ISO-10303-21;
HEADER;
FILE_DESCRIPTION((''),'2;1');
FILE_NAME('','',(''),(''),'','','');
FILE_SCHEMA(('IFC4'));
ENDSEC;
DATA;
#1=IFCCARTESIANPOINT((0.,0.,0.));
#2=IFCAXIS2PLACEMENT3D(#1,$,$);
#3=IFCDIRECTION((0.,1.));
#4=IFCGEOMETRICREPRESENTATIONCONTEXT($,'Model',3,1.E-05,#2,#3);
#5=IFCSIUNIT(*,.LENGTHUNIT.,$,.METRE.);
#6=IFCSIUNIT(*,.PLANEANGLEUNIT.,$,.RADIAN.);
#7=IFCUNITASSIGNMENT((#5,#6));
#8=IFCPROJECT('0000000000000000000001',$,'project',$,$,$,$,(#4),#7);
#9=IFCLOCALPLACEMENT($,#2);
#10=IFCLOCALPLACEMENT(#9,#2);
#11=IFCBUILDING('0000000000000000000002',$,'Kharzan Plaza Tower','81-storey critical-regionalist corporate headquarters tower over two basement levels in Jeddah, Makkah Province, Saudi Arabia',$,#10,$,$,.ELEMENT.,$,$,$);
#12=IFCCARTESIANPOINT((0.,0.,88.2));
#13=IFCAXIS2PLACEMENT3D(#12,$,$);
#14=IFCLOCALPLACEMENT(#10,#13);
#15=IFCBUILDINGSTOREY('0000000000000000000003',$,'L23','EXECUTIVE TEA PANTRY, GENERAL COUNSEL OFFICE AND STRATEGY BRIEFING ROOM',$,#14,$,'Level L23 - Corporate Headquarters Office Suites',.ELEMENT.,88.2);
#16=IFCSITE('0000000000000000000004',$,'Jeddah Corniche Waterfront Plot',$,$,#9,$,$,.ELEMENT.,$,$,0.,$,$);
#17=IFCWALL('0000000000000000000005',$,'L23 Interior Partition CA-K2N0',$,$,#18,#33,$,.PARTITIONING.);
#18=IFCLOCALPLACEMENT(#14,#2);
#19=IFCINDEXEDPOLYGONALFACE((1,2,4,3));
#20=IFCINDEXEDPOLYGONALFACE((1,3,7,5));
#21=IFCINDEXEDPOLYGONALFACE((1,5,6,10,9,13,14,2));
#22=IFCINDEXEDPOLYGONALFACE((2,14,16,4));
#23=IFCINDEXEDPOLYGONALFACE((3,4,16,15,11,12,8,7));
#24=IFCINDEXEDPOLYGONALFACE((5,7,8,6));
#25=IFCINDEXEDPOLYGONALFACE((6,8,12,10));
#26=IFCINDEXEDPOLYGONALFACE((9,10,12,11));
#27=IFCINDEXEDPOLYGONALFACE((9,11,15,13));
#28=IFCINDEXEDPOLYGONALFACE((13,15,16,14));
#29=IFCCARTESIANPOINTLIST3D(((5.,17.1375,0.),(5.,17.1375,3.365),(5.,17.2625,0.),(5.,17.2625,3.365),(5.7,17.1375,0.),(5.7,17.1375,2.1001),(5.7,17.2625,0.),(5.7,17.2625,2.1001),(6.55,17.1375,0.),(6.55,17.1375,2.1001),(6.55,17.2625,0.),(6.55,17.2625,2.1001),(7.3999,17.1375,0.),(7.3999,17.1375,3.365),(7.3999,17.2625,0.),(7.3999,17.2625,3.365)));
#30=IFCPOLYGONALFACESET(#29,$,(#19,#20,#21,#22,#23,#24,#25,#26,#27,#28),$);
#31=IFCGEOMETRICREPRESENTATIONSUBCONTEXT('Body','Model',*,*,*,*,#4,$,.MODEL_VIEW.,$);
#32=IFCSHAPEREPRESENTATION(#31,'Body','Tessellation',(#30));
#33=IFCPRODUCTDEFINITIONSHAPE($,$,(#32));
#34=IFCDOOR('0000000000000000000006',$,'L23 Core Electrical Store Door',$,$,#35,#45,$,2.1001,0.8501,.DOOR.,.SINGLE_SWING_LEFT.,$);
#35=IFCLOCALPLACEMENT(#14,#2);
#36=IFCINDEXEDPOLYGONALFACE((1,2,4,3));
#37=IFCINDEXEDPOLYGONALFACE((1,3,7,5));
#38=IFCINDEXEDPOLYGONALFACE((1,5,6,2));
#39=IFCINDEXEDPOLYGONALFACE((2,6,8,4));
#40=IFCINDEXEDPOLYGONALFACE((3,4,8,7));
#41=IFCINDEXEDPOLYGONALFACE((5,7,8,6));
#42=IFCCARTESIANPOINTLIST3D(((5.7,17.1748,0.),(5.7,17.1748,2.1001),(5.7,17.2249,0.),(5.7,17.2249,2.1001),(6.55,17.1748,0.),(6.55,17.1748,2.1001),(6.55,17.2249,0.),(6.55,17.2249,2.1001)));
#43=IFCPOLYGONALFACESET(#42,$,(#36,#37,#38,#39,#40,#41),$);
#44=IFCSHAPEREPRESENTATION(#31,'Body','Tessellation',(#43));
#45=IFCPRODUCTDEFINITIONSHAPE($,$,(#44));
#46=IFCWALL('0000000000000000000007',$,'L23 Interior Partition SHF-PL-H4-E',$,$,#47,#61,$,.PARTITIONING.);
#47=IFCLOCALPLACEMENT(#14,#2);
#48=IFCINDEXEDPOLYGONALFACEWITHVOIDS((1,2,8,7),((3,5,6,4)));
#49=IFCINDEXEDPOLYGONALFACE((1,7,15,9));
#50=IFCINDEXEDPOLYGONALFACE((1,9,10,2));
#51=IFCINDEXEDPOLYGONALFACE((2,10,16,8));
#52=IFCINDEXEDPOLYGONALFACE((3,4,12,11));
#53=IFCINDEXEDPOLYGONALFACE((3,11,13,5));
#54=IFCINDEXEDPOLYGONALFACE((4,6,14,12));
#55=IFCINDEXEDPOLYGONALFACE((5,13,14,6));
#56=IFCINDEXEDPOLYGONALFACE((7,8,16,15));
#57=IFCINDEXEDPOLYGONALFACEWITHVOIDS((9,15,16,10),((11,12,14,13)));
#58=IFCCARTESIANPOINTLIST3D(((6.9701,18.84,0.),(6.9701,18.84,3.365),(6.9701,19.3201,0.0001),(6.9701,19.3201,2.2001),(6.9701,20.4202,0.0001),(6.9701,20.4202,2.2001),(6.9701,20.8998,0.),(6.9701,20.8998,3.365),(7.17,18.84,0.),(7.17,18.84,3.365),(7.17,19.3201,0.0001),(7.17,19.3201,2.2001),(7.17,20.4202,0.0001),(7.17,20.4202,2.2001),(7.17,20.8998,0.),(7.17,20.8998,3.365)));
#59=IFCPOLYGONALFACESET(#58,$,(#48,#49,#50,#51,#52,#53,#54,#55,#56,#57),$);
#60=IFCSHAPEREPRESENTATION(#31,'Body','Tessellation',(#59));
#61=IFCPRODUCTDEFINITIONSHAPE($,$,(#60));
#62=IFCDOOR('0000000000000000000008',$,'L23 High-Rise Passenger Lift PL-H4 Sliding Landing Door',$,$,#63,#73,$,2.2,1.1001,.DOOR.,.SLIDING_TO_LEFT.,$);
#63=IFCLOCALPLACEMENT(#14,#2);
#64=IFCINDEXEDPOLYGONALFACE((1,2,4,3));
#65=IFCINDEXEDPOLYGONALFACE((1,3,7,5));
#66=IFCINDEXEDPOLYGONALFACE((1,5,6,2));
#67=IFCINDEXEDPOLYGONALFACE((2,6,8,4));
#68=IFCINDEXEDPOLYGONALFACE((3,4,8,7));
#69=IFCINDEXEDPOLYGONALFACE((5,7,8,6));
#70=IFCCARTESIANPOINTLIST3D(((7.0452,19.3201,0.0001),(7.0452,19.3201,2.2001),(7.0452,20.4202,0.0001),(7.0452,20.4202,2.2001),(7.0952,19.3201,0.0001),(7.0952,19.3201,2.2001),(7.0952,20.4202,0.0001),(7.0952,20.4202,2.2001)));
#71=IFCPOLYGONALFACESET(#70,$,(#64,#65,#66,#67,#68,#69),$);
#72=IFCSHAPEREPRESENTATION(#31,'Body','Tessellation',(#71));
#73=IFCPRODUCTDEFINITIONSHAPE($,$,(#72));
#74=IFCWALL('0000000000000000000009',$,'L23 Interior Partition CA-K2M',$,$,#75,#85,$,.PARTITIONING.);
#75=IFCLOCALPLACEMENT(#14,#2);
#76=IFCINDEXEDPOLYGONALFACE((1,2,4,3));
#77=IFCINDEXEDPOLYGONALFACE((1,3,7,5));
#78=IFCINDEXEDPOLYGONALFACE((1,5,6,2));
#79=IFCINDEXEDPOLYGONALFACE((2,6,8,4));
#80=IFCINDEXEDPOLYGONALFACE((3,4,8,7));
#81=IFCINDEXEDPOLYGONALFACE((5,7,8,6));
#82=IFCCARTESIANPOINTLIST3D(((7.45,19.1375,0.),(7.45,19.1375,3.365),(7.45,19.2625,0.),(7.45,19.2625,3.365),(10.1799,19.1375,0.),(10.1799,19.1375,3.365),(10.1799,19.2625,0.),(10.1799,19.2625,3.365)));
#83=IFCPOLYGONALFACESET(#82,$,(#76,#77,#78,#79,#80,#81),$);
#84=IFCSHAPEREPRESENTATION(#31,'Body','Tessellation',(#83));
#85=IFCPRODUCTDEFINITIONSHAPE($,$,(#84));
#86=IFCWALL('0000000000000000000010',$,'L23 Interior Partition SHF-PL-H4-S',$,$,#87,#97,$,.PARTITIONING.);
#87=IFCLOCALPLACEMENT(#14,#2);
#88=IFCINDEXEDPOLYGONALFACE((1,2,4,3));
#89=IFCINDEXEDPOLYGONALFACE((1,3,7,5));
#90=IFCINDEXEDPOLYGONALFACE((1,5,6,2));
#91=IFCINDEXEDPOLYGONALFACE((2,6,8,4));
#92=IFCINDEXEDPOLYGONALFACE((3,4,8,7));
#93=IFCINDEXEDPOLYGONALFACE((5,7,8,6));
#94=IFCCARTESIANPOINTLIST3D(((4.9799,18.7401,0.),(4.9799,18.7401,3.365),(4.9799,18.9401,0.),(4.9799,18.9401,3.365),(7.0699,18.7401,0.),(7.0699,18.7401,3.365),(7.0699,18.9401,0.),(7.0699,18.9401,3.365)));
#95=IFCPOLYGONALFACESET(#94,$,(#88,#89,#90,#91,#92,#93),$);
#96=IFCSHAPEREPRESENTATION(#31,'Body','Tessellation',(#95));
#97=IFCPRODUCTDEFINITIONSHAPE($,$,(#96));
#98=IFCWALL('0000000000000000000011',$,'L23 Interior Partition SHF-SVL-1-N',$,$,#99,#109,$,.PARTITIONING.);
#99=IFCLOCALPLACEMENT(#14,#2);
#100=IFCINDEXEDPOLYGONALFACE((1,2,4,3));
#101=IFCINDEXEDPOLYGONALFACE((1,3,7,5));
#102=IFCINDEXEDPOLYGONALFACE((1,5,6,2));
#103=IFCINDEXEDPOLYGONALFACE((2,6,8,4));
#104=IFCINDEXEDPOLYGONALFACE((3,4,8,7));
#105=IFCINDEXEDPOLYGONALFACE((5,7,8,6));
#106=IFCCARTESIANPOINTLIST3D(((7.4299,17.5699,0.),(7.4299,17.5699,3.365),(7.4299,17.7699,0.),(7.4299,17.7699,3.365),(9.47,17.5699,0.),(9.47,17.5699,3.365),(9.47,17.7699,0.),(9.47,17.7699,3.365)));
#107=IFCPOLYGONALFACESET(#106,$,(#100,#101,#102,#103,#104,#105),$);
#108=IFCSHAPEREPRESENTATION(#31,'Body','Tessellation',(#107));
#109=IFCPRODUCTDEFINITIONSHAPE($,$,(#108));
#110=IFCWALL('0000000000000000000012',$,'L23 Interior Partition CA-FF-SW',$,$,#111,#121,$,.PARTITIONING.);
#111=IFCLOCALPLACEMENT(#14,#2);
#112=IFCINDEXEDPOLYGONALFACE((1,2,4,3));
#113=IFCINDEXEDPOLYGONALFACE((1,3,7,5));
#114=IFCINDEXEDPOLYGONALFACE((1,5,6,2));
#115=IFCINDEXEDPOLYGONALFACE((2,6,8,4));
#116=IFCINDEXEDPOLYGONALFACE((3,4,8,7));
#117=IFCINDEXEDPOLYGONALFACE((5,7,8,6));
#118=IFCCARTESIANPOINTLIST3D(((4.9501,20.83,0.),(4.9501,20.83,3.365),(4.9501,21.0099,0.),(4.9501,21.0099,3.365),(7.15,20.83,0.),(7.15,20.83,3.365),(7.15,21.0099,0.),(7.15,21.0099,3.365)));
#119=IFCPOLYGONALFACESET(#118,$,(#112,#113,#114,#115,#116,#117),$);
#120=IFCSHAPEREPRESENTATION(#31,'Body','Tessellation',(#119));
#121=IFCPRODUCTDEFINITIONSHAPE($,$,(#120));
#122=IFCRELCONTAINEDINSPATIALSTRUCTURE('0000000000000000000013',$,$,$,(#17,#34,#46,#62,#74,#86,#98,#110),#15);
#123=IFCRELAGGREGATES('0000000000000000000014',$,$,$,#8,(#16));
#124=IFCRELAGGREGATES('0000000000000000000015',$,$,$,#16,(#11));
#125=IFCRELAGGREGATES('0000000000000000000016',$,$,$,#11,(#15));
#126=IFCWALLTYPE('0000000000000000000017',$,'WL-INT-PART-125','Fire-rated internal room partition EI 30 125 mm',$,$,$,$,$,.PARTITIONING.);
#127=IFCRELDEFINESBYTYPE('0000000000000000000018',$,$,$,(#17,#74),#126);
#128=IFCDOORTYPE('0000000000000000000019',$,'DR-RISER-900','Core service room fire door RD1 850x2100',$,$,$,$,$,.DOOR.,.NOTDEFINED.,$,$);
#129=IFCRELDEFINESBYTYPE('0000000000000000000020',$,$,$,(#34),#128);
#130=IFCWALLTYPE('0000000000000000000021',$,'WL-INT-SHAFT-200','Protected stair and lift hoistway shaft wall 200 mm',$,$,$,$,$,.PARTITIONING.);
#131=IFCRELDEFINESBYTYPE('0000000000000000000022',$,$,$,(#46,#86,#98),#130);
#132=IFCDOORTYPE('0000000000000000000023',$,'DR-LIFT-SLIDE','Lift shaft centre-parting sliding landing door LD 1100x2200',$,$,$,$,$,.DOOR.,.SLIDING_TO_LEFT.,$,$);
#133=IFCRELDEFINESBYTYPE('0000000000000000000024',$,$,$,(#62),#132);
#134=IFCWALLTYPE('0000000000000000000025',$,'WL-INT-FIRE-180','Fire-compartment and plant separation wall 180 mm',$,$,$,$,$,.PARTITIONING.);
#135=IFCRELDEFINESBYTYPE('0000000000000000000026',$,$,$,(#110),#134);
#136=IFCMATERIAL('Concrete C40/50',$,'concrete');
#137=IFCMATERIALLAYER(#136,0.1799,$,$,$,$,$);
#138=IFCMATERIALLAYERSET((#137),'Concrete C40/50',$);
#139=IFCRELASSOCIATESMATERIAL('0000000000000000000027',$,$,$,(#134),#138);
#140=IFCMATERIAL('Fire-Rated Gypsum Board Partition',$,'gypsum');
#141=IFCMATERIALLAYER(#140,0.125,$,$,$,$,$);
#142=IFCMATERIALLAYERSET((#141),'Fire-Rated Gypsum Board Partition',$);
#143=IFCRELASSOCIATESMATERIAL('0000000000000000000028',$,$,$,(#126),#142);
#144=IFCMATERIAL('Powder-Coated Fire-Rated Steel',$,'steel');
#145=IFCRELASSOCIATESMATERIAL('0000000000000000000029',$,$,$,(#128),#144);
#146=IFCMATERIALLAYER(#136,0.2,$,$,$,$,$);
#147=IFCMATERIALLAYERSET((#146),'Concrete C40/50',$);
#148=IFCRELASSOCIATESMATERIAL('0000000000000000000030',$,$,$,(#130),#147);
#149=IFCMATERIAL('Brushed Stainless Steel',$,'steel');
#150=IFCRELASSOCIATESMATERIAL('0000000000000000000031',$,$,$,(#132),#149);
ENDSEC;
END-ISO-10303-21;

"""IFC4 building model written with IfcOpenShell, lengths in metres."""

from ifc_helpers import new_model, si_unit, direction, frame, frame_2d, origin, place, context, subcontext, project, spatial, rectangle, extrude, source, transform, mapped, material, layer, layer_set, type_object, element, fill, save


model = new_model("IFC4")

# Units and contexts
model_context = context("Model", 3, precision=1e-05, world=origin(), true_north=direction((0.0, 1.0)))
body_context = subcontext(model_context, "Body", "Model", "MODEL_VIEW")
ifc_project = project(units=[si_unit("LENGTHUNIT", "METRE"), si_unit("PLANEANGLEUNIT", "RADIAN")], contexts=[model_context])

# Site, building, storey
site_placement = place(None, origin())
site = spatial("IfcSite", under=ifc_project, at=site_placement, Name="Jeddah Corniche Waterfront Plot", CompositionType="ELEMENT", RefElevation=0.0)
building_placement = place(site_placement, origin())
building = spatial("IfcBuilding", under=site, at=building_placement, Name="Kharzan Plaza Tower", Description="81-storey critical-regionalist corporate headquarters tower over two basement levels in Jeddah, Makkah Province, Saudi Arabia", CompositionType="ELEMENT")
storey_placement = place(building_placement, frame((0.0, 0.0, 88.2)))
storey = spatial("IfcBuildingStorey", under=building, at=storey_placement, Name="L23", Description="EXECUTIVE TEA PANTRY, GENERAL COUNSEL OFFICE AND STRATEGY BRIEFING ROOM", LongName="Level L23 - Corporate Headquarters Office Suites", CompositionType="ELEMENT", Elevation=88.2)

# Shared definitions
ifc_material_1 = material(Name="Concrete C40/50", Category="concrete")

# Walls, openings, doors
ifc_layer_1 = layer(ifc_material_1, 0.1799)
ifc_layer_set_1 = layer_set([ifc_layer_1], Name="Concrete C40/50")
wall_type_1 = type_object("IfcWallType", Name="WL-INT-FIRE-180", Description="Fire-compartment and plant separation wall 180 mm", PredefinedType="PARTITIONING", material=ifc_layer_set_1)
ifc_material_2 = material(Name="Fire-Rated Gypsum Board Partition", Category="gypsum")
ifc_layer_2 = layer(ifc_material_2, 0.125)
ifc_layer_set_2 = layer_set([ifc_layer_2], Name="Fire-Rated Gypsum Board Partition")
wall_type_2 = type_object("IfcWallType", Name="WL-INT-PART-125", Description="Fire-rated internal room partition EI 30 125 mm", PredefinedType="PARTITIONING", material=ifc_layer_set_2)
ifc_material_3 = material(Name="Powder-Coated Fire-Rated Steel", Category="steel")
door_type_1 = type_object("IfcDoorType", Name="DR-RISER-900", Description="Core service room fire door RD1 850x2100", OperationType="NOTDEFINED", PredefinedType="DOOR", material=ifc_material_3)
shared_shape_1 = source(origin(), body_context, "Body", "SweptSolid", [
    extrude(rectangle(XDim=0.8501, YDim=2.1001, at=frame_2d((0.425, 1.05))), frame((0.0, 0.0249, 0.0), z_axis=(0.0, -1.0, 0.0), x_axis=(1.0, 0.0, 0.0)), (0.0, 0.0, 1.0), 0.05),
])
wall_1_placement = place(storey_placement, frame((5.0, 17.2, 0.0), z_axis=(0.0, 0.0, 1.0), x_axis=(1.0, 0.0, 0.0)))
wall_1 = element("IfcWall", 1, at=wall_1_placement, inside=storey, type_object=wall_type_2, Name="L23 Interior Partition CA-K2N0", PredefinedType="PARTITIONING", context=body_context, shape_type="SweptSolid", body=[
    extrude(rectangle(XDim=2.3999, YDim=0.125, at=frame_2d((1.2, 0.0))), origin(), (0.0, 0.0, 1.0), 3.365),
])
opening_1_placement = place(wall_1_placement, frame((0.7, 0.0, 0.0)))
opening_1 = element("IfcOpeningElement", 2, at=opening_1_placement, cuts=wall_1, PredefinedType="OPENING", context=body_context, shape_type="SweptSolid", body=[
    extrude(rectangle(XDim=0.8501, YDim=2.1001, at=frame_2d((0.425, 1.05))), frame((0.0, 0.0725, 0.0), z_axis=(0.0, -1.0, 0.0), x_axis=(1.0, 0.0, 0.0)), (0.0, 0.0, 1.0), 0.145),
])
door_1_placement = place(opening_1_placement, origin())
door_1 = element("IfcDoor", 3, at=door_1_placement, inside=storey, type_object=door_type_1, Name="L23 Core Electrical Store Door", OperationType="SINGLE_SWING_LEFT", OverallHeight=2.1001, OverallWidth=0.8501, PredefinedType="DOOR", context=body_context, shape_type="MappedRepresentation", body=[
    mapped(shared_shape_1, transform((0.0, 0.0, 0.0), x_axis=(1.0, 0.0, 0.0), y_axis=(0.0, 1.0, 0.0), z_axis=(0.0, 0.0, 1.0))),
])
fill(opening_1, door_1)
ifc_layer_3 = layer(ifc_material_1, 0.2)
ifc_layer_set_3 = layer_set([ifc_layer_3], Name="Concrete C40/50")
wall_type_3 = type_object("IfcWallType", Name="WL-INT-SHAFT-200", Description="Protected stair and lift hoistway shaft wall 200 mm", PredefinedType="PARTITIONING", material=ifc_layer_set_3)
wall_2_placement = place(storey_placement, frame((7.0701, 18.8401, 0.0), z_axis=(0.0, 0.0, 1.0), x_axis=(0.0, 1.0, 0.0)))
wall_2 = element("IfcWall", 4, at=wall_2_placement, inside=storey, type_object=wall_type_3, Name="L23 Interior Partition SHF-PL-H4-E", PredefinedType="PARTITIONING", context=body_context, shape_type="SweptSolid", body=[
    extrude(rectangle(XDim=2.0598, YDim=0.2, at=frame_2d((1.0298, 0.0))), origin(), (0.0, 0.0, 1.0), 3.365),
])
opening_2_placement = place(wall_2_placement, frame((0.48, 0.0, 0.0)))
opening_2 = element("IfcOpeningElement", 5, at=opening_2_placement, cuts=wall_2, PredefinedType="OPENING", context=body_context, shape_type="SweptSolid", body=[
    extrude(rectangle(XDim=1.1001, YDim=2.2, at=frame_2d((0.55, 1.1001))), frame((0.0, 0.1099, 0.0), z_axis=(0.0, -1.0, 0.0), x_axis=(1.0, 0.0, 0.0)), (0.0, 0.0, 1.0), 0.22),
])
ifc_material_4 = material(Name="Brushed Stainless Steel", Category="steel")
door_type_2 = type_object("IfcDoorType", Name="DR-LIFT-SLIDE", Description="Lift shaft centre-parting sliding landing door LD 1100x2200", OperationType="SLIDING_TO_LEFT", PredefinedType="DOOR", material=ifc_material_4)
shared_shape_2 = source(origin(), body_context, "Body", "SweptSolid", [
    extrude(rectangle(XDim=1.1001, YDim=2.2, at=frame_2d((0.55, 1.1001))), frame((0.0, 0.0249, 0.0), z_axis=(0.0, -1.0, 0.0), x_axis=(1.0, 0.0, 0.0)), (0.0, 0.0, 1.0), 0.05),
])
door_2_placement = place(opening_2_placement, origin())
door_2 = element("IfcDoor", 6, at=door_2_placement, inside=storey, type_object=door_type_2, Name="L23 High-Rise Passenger Lift PL-H4 Sliding Landing Door", OperationType="SLIDING_TO_LEFT", OverallHeight=2.2, OverallWidth=1.1001, PredefinedType="DOOR", context=body_context, shape_type="MappedRepresentation", body=[
    mapped(shared_shape_2, transform((0.0, 0.0, 0.0), x_axis=(1.0, 0.0, 0.0), y_axis=(0.0, 1.0, 0.0), z_axis=(0.0, 0.0, 1.0))),
])
fill(opening_2, door_2)

# Walls
shared_shape_3 = source(origin(), body_context, "Body", "SweptSolid", [
    extrude(rectangle(XDim=2.73, YDim=0.125, at=frame_2d((1.365, 0.0))), origin(), (0.0, 0.0, 1.0), 3.365),
])
wall_3_placement = place(storey_placement, frame((7.45, 19.2, 0.0), z_axis=(0.0, 0.0, 1.0), x_axis=(1.0, 0.0, 0.0)))
element("IfcWall", 7, at=wall_3_placement, inside=storey, type_object=wall_type_2, Name="L23 Interior Partition CA-K2M", PredefinedType="PARTITIONING", context=body_context, shape_type="MappedRepresentation", body=[
    mapped(shared_shape_3, transform((0.0, 0.0, 0.0), x_axis=(1.0, 0.0, 0.0), y_axis=(0.0, 1.0, 0.0), z_axis=(0.0, 0.0, 1.0))),
])
shared_shape_4 = source(origin(), body_context, "Body", "SweptSolid", [
    extrude(rectangle(XDim=2.0901, YDim=0.2, at=frame_2d((1.0449, 0.0))), origin(), (0.0, 0.0, 1.0), 3.365),
])
wall_4_placement = place(storey_placement, frame((4.98, 18.8401, 0.0), z_axis=(0.0, 0.0, 1.0), x_axis=(1.0, 0.0, 0.0)))
element("IfcWall", 8, at=wall_4_placement, inside=storey, type_object=wall_type_3, Name="L23 Interior Partition SHF-PL-H4-S", PredefinedType="PARTITIONING", context=body_context, shape_type="MappedRepresentation", body=[
    mapped(shared_shape_4, transform((0.0, 0.0, 0.0), x_axis=(1.0, 0.0, 0.0), y_axis=(0.0, 1.0, 0.0), z_axis=(0.0, 0.0, 1.0))),
])
shared_shape_5 = source(origin(), body_context, "Body", "SweptSolid", [
    extrude(rectangle(XDim=2.04, YDim=0.2, at=frame_2d((1.02, 0.0))), origin(), (0.0, 0.0, 1.0), 3.365),
])
wall_5_placement = place(storey_placement, frame((7.4299, 17.6699, 0.0), z_axis=(0.0, 0.0, 1.0), x_axis=(1.0, 0.0, 0.0)))
element("IfcWall", 9, at=wall_5_placement, inside=storey, type_object=wall_type_3, Name="L23 Interior Partition SHF-SVL-1-N", PredefinedType="PARTITIONING", context=body_context, shape_type="MappedRepresentation", body=[
    mapped(shared_shape_5, transform((0.0, 0.0, 0.0), x_axis=(1.0, 0.0, 0.0), y_axis=(0.0, 1.0, 0.0), z_axis=(0.0, 0.0, 1.0))),
])
shared_shape_6 = source(origin(), body_context, "Body", "SweptSolid", [
    extrude(rectangle(XDim=2.2, YDim=0.1799, at=frame_2d((1.1001, 0.0))), origin(), (0.0, 0.0, 1.0), 3.365),
])
wall_6_placement = place(storey_placement, frame((4.95, 20.9199, 0.0), z_axis=(0.0, 0.0, 1.0), x_axis=(1.0, 0.0, 0.0)))
element("IfcWall", 10, at=wall_6_placement, inside=storey, type_object=wall_type_1, Name="L23 Interior Partition CA-FF-SW", PredefinedType="PARTITIONING", context=body_context, shape_type="MappedRepresentation", body=[
    mapped(shared_shape_6, transform((0.0, 0.0, 0.0), x_axis=(1.0, 0.0, 0.0), y_axis=(0.0, 1.0, 0.0), z_axis=(0.0, 0.0, 1.0))),
])

save(model, "model.ifc")
